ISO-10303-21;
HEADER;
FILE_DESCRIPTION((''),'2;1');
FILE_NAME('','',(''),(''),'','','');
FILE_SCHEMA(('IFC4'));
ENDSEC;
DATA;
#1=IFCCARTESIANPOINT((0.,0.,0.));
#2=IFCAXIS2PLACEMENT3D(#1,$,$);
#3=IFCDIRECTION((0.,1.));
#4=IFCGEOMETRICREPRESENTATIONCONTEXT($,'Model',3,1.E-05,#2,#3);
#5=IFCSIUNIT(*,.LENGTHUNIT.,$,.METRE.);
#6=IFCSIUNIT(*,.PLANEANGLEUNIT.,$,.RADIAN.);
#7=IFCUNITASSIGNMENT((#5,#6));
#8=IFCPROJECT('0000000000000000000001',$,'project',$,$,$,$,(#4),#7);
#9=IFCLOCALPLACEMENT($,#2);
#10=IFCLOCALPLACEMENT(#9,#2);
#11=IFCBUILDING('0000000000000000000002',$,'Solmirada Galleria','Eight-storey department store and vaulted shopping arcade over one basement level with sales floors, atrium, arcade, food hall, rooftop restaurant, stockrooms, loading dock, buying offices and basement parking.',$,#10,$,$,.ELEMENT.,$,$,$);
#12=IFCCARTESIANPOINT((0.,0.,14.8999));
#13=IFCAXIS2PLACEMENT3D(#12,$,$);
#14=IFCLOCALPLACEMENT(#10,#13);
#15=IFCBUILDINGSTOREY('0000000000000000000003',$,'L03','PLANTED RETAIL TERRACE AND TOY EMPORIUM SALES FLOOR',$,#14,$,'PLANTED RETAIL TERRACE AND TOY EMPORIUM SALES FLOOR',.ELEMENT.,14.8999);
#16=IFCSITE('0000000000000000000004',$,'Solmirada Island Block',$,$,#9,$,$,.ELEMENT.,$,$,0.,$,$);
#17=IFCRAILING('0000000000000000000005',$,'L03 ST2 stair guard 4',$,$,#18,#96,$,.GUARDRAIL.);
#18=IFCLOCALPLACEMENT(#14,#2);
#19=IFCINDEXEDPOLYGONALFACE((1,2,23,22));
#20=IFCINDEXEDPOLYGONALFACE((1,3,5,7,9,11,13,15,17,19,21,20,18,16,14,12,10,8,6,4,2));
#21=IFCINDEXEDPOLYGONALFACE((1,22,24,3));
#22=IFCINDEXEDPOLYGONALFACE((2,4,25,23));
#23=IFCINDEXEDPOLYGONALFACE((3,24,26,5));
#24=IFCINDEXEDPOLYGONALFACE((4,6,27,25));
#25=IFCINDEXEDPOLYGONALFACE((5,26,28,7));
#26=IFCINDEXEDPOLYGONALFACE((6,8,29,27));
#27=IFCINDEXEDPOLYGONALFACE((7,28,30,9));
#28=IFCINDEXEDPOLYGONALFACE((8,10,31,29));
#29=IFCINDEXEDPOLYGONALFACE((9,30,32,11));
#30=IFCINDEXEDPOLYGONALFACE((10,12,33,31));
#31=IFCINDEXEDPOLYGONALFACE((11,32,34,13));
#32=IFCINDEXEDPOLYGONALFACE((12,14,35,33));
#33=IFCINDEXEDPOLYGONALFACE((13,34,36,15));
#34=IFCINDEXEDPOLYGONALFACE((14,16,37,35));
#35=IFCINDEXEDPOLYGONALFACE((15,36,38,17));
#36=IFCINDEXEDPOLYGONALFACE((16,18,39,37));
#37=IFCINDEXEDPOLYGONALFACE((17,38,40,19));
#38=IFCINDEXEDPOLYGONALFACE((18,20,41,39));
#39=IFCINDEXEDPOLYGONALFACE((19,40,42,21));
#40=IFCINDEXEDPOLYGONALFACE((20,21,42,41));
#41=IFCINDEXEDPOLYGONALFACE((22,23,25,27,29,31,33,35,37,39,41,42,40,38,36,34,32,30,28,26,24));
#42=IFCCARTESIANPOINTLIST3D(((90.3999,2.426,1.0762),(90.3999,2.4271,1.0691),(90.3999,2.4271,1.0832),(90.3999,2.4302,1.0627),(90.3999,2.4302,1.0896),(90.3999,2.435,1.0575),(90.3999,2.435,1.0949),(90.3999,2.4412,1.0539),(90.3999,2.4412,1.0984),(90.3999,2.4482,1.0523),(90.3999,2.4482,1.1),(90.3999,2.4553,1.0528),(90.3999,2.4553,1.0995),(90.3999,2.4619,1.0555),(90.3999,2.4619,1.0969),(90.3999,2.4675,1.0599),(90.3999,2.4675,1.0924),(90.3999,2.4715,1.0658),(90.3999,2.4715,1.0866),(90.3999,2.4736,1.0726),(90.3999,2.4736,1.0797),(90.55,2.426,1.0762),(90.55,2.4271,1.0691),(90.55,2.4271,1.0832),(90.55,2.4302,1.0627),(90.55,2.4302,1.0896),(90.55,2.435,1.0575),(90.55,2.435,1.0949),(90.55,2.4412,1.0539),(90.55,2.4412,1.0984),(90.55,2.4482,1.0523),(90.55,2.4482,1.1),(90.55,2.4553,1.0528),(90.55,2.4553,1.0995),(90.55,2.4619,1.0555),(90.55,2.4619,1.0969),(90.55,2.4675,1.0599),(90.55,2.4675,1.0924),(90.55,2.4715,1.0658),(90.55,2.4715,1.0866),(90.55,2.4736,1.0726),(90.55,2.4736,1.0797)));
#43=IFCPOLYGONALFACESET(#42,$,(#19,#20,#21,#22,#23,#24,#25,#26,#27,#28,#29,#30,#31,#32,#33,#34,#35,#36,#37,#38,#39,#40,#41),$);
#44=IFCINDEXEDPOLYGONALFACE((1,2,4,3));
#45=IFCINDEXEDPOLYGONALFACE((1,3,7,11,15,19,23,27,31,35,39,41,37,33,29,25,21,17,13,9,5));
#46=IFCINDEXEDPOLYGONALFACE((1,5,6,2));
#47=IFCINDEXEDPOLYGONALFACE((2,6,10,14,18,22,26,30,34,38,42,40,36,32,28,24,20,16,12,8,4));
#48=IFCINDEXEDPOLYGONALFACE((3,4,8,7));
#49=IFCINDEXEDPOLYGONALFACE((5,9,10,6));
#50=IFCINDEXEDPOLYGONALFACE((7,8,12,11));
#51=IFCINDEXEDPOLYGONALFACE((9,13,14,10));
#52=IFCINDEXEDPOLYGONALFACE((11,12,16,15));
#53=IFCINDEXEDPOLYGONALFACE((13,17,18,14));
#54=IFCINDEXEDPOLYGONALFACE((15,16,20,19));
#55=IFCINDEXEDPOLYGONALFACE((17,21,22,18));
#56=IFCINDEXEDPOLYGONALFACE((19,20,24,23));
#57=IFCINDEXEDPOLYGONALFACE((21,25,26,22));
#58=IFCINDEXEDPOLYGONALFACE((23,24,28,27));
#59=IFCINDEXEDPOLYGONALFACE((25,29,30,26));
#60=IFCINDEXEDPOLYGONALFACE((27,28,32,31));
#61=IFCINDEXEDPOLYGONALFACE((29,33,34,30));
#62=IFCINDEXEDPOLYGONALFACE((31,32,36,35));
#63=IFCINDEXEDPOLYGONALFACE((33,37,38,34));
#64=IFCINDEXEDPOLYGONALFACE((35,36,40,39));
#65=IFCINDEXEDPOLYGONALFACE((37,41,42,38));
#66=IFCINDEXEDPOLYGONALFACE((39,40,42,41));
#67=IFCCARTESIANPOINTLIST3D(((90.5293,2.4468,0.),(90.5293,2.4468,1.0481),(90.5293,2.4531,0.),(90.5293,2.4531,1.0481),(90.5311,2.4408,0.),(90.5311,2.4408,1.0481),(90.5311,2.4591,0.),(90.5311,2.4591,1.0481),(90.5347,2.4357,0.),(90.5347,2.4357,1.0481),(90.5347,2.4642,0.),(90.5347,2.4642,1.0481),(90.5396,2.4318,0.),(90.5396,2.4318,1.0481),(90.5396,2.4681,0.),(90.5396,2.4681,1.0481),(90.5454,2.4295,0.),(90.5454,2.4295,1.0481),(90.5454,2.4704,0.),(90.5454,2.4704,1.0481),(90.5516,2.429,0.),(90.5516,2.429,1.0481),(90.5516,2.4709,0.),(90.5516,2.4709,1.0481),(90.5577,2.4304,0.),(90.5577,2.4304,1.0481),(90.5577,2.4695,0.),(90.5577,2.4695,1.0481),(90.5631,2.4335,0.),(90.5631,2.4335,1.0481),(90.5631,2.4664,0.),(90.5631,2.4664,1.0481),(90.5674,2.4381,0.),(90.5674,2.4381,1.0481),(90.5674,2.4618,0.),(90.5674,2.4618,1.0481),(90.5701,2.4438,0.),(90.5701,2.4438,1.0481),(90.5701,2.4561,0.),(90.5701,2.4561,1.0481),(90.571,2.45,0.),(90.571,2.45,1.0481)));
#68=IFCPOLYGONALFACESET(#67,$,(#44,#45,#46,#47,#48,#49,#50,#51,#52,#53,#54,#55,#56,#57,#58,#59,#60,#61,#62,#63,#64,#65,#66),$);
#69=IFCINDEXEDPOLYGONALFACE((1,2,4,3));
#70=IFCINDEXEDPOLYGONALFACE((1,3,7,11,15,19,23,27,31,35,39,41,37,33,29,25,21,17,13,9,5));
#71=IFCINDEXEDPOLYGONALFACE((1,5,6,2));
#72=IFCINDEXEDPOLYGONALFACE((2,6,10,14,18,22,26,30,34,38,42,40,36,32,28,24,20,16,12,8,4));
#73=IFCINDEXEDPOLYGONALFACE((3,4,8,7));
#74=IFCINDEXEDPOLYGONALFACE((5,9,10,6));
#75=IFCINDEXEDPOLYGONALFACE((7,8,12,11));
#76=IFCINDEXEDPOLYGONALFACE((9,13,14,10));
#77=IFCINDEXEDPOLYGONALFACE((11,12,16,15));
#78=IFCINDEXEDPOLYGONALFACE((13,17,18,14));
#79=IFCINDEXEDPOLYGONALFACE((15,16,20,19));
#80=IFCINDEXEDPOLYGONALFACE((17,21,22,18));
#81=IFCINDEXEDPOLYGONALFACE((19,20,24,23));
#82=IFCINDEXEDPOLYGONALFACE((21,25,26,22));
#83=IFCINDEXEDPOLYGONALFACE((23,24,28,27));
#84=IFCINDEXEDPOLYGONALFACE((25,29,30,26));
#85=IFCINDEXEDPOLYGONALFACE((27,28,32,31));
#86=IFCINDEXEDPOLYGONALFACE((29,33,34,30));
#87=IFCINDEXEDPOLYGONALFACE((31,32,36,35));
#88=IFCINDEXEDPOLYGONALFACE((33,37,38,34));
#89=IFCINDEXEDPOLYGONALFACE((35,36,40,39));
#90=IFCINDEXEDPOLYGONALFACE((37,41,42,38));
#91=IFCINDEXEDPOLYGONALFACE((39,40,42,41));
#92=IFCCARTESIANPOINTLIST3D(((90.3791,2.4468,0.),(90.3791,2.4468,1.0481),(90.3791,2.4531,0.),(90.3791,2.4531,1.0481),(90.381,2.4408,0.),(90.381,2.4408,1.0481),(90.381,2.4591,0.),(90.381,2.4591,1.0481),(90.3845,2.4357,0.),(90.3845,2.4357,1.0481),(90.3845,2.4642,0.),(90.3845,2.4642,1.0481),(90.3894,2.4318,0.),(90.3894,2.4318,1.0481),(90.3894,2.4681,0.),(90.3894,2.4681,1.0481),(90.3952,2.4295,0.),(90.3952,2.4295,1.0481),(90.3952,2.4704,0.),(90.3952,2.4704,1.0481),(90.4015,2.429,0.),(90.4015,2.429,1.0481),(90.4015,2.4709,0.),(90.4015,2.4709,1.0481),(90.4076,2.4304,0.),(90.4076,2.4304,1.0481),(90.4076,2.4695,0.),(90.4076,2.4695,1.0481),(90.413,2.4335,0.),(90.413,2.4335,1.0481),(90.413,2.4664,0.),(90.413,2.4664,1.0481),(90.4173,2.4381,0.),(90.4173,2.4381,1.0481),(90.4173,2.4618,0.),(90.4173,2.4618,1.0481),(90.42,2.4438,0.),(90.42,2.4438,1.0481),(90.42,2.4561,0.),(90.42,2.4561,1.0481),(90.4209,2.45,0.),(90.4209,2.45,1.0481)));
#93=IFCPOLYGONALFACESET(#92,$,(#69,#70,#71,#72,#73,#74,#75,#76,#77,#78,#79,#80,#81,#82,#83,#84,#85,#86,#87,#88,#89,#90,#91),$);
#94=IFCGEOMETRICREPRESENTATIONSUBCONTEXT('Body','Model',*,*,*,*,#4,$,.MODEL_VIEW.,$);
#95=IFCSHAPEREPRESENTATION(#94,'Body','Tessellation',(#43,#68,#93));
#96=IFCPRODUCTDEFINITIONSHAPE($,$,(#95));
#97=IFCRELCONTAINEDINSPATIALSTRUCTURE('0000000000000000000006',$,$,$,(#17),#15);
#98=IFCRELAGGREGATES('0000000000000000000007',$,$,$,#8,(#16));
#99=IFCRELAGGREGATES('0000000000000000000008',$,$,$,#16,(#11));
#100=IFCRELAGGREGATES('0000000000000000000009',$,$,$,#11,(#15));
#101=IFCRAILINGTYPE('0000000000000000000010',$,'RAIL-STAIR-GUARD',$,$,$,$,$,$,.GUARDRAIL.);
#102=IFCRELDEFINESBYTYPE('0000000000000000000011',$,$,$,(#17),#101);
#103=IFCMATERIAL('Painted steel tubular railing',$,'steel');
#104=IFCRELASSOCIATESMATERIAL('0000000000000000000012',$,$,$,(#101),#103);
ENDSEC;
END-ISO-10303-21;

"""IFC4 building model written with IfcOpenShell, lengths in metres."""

from ifc_helpers import new_model, si_unit, direction, frame, origin, origin_2d, place, context, subcontext, project, spatial, circle, extrude, material, type_object, element, save


model = new_model("IFC4")

# Units and contexts
model_context = context("Model", 3, precision=1e-05, world=origin(), true_north=direction((0.0, 1.0)))
body_context = subcontext(model_context, "Body", "Model", "MODEL_VIEW")
ifc_project = project(units=[si_unit("LENGTHUNIT", "METRE"), si_unit("PLANEANGLEUNIT", "RADIAN")], contexts=[model_context])

# Site, building, storey
site_placement = place(None, origin())
site = spatial("IfcSite", under=ifc_project, at=site_placement, Name="Solmirada Island Block", CompositionType="ELEMENT", RefElevation=0.0)
building_placement = place(site_placement, origin())
building = spatial("IfcBuilding", under=site, at=building_placement, Name="Solmirada Galleria", Description="Eight-storey department store and vaulted shopping arcade over one basement level with sales floors, atrium, arcade, food hall, rooftop restaurant, stockrooms, loading dock, buying offices and basement parking.", CompositionType="ELEMENT")
storey_placement = place(building_placement, frame((0.0, 0.0, 14.8999)))
storey = spatial("IfcBuildingStorey", under=building, at=storey_placement, Name="L03", Description="PLANTED RETAIL TERRACE AND TOY EMPORIUM SALES FLOOR", LongName="PLANTED RETAIL TERRACE AND TOY EMPORIUM SALES FLOOR", CompositionType="ELEMENT", Elevation=14.8999)

# Railing
ifc_material_1 = material(Name="Painted steel tubular railing", Category="steel")
railing_type_1 = type_object("IfcRailingType", Name="RAIL-STAIR-GUARD", PredefinedType="GUARDRAIL", material=ifc_material_1)
railing_1_placement = place(storey_placement, frame((90.55, 2.45, 0.0)))
element("IfcRailing", 1, at=railing_1_placement, inside=storey, type_object=railing_type_1, Name="L03 ST2 stair guard 4", PredefinedType="GUARDRAIL", context=body_context, shape_type="SweptSolid", body=[
    extrude(circle(Radius=0.0239, at=origin_2d()), frame((0.0, 0.0, 1.0762), z_axis=(-1.0, 0.0, 0.0), x_axis=(0.0, -1.0, 0.0)), (0.0, 0.0, 1.0), 0.1501),
    extrude(circle(Radius=0.021, at=origin_2d()), origin(), (0.0, 0.0, 1.0), 1.0481),
    extrude(circle(Radius=0.021, at=origin_2d()), frame((-0.1501, 0.0, 0.0)), (0.0, 0.0, 1.0), 1.0481),
])

save(model, "model.ifc")
